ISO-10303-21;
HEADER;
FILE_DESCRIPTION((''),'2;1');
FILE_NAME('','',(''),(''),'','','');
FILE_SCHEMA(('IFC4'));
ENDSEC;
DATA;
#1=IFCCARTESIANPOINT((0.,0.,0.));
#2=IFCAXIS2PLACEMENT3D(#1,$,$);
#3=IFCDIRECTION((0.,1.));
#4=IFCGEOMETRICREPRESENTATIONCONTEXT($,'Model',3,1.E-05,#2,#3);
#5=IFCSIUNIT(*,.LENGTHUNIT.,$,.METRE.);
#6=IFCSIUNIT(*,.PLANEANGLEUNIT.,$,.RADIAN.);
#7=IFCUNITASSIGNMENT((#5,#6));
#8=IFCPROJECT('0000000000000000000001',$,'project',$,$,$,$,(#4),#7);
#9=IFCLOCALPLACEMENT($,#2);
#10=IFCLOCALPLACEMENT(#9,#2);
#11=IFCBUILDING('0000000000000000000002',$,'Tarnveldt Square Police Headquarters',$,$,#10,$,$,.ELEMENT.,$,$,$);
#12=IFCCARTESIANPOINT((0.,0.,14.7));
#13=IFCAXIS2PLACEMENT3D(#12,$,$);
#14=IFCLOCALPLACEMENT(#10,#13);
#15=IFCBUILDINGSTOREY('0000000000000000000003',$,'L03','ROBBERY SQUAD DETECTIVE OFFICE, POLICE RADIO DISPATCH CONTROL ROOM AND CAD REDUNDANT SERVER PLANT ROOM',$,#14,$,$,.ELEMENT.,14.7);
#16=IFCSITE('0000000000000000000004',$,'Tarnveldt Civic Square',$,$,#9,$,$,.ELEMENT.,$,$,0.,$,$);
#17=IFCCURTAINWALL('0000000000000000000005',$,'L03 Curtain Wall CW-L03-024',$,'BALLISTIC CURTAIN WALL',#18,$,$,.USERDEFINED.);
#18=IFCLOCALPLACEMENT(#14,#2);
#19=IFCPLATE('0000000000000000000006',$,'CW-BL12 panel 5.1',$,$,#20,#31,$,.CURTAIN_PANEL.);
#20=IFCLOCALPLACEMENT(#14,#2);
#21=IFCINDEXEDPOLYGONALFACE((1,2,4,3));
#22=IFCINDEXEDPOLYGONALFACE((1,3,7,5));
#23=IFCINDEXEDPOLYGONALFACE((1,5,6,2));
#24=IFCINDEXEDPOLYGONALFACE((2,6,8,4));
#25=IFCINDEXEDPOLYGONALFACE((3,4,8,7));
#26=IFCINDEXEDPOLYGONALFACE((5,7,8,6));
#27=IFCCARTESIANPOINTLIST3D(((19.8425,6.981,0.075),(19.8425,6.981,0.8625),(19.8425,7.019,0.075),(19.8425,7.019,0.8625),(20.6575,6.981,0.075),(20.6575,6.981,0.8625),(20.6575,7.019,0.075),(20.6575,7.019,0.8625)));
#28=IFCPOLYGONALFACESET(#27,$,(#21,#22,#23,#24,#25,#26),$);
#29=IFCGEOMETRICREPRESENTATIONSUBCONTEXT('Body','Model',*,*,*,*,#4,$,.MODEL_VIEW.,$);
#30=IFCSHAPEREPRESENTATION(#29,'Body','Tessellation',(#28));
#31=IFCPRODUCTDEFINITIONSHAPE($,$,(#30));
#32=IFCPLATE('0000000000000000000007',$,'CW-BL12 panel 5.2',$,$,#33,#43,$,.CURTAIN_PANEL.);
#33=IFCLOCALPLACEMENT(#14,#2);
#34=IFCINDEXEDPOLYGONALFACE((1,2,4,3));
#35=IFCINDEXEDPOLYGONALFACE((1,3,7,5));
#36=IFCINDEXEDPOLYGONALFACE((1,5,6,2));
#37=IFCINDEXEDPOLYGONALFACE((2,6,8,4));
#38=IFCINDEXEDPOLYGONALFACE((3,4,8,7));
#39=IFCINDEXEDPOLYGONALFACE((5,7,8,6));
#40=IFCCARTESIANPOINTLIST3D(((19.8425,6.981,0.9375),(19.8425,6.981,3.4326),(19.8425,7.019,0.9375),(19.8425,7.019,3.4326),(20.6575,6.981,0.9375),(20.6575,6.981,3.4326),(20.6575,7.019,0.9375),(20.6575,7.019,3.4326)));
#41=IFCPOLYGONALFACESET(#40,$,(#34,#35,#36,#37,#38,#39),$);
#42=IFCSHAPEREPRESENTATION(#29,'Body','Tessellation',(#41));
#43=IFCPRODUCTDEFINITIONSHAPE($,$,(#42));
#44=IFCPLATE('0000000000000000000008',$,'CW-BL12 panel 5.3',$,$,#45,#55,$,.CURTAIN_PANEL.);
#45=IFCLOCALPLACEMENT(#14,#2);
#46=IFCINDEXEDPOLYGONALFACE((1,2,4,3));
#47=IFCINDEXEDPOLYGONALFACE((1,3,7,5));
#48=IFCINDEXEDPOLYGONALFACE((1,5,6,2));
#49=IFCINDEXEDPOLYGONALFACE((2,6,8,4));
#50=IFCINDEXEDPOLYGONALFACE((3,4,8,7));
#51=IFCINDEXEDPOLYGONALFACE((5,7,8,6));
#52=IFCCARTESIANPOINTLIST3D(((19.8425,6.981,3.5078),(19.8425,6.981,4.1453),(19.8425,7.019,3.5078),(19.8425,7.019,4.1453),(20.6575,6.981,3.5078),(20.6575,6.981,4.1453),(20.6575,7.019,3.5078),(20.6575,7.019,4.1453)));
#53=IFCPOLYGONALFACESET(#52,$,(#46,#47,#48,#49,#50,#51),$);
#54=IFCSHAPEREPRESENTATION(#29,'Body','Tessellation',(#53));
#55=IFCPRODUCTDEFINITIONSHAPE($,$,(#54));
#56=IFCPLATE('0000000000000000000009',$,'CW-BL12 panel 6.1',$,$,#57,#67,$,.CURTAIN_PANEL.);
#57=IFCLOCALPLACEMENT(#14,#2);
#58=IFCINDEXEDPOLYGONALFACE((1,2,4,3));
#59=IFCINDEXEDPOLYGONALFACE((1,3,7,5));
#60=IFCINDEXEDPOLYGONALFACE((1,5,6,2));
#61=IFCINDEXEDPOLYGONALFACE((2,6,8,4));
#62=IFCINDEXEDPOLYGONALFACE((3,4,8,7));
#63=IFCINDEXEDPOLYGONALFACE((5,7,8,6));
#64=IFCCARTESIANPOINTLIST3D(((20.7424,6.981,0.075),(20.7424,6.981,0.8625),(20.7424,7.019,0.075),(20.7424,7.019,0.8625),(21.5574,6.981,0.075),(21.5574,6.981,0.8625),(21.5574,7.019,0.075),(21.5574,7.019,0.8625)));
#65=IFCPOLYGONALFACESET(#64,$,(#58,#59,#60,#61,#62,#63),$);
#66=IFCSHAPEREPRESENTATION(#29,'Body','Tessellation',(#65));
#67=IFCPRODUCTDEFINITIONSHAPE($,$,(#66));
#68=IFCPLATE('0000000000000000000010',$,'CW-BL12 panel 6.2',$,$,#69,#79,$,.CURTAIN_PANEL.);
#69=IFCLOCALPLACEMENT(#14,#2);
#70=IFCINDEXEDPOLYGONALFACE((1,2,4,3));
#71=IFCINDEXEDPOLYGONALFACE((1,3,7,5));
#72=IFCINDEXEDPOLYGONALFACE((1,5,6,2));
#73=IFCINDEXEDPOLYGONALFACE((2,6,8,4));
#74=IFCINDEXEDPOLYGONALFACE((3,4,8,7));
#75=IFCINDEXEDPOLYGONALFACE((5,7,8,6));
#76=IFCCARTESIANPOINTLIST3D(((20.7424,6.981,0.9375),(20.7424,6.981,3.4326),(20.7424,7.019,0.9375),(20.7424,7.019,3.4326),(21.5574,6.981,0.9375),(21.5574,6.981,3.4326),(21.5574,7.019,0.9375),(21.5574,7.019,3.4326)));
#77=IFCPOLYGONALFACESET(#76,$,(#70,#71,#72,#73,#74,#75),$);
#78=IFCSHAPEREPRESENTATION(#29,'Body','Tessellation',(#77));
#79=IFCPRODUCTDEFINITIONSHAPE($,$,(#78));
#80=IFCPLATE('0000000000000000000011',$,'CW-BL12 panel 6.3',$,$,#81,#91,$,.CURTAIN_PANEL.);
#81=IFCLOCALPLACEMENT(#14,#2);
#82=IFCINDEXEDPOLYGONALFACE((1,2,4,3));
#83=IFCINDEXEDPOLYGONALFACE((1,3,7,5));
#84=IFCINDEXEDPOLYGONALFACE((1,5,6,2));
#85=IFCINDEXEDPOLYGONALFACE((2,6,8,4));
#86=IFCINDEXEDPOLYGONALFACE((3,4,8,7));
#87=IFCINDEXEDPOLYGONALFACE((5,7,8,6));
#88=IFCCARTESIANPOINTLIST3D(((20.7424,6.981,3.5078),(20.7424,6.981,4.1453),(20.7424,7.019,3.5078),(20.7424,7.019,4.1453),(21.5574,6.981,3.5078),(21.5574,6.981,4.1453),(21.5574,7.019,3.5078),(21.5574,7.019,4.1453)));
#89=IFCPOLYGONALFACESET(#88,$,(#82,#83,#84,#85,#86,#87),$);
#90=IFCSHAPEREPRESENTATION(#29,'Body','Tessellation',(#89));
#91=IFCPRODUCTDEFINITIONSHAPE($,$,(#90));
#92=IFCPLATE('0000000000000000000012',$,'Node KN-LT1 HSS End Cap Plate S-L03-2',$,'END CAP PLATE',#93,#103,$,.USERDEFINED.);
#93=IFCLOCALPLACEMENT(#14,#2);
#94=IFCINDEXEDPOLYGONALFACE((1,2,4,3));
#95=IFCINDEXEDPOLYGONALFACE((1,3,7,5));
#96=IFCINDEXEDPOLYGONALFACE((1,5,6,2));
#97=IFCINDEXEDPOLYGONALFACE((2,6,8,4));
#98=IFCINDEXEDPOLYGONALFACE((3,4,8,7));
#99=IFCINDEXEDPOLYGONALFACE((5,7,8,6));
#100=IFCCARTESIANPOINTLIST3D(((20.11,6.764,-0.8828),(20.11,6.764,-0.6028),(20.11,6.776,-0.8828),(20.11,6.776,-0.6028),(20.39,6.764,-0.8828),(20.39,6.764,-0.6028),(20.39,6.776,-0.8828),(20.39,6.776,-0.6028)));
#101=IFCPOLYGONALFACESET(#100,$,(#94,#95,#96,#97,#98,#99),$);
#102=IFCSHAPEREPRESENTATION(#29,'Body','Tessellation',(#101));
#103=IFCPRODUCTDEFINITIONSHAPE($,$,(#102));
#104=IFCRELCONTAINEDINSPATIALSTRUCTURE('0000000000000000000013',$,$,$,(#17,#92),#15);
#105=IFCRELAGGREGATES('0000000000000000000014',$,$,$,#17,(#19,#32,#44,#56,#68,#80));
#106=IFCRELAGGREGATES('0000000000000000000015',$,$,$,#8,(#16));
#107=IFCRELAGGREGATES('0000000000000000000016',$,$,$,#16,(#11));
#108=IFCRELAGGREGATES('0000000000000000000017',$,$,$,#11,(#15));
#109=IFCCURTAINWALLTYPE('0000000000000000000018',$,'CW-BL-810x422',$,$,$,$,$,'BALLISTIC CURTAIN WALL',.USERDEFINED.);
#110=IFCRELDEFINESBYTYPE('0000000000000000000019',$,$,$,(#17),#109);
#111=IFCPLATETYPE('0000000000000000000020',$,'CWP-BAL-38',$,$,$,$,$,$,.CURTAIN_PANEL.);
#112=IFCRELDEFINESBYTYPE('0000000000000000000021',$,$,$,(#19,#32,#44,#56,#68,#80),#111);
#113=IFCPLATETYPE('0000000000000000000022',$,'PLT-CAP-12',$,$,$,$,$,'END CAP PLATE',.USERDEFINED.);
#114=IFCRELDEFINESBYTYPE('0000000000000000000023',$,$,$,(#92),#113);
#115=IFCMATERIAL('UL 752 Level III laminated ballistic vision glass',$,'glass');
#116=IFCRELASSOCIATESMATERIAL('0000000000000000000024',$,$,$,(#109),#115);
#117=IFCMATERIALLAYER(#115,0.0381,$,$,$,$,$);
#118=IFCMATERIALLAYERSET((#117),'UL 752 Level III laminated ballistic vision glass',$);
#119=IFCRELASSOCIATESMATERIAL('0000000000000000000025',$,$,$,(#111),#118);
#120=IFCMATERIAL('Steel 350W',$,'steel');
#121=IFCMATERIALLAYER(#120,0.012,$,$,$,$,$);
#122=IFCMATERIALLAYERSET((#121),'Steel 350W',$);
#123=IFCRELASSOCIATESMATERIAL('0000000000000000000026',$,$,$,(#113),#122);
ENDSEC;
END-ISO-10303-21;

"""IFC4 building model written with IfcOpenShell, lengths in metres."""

from ifc_helpers import new_model, si_unit, direction, frame, origin, origin_2d, place, context, subcontext, project, spatial, rectangle, extrude, material, layer, layer_set, type_object, element, aggregate, save


model = new_model("IFC4")

# Units and contexts
model_context = context("Model", 3, precision=1e-05, world=origin(), true_north=direction((0.0, 1.0)))
body_context = subcontext(model_context, "Body", "Model", "MODEL_VIEW")
ifc_project = project(units=[si_unit("LENGTHUNIT", "METRE"), si_unit("PLANEANGLEUNIT", "RADIAN")], contexts=[model_context])

# Site, building, storey
site_placement = place(None, origin())
site = spatial("IfcSite", under=ifc_project, at=site_placement, Name="Tarnveldt Civic Square", CompositionType="ELEMENT", RefElevation=0.0)
building_placement = place(site_placement, origin())
building = spatial("IfcBuilding", under=site, at=building_placement, Name="Tarnveldt Square Police Headquarters", CompositionType="ELEMENT")
storey_placement = place(building_placement, frame((0.0, 0.0, 14.7)))
storey = spatial("IfcBuildingStorey", under=building, at=storey_placement, Name="L03", Description="ROBBERY SQUAD DETECTIVE OFFICE, POLICE RADIO DISPATCH CONTROL ROOM AND CAD REDUNDANT SERVER PLANT ROOM", CompositionType="ELEMENT", Elevation=14.7)

# Curtain wall
ifc_material_1 = material(Name="UL 752 Level III laminated ballistic vision glass", Category="glass")
curtain_wall_type = type_object("IfcCurtainWallType", Name="CW-BL-810x422", ElementType="BALLISTIC CURTAIN WALL", PredefinedType="USERDEFINED", material=ifc_material_1)
curtain_wall_placement = place(storey_placement, origin())
curtain_wall = element("IfcCurtainWall", 1, at=curtain_wall_placement, inside=storey, type_object=curtain_wall_type, Name="L03 Curtain Wall CW-L03-024", ObjectType="BALLISTIC CURTAIN WALL", PredefinedType="USERDEFINED")

# Shared definitions
ifc_material_2 = material(Name="Steel 350W", Category="steel")

# Plates
ifc_layer_1 = layer(ifc_material_1, 0.0381)
ifc_layer_set_1 = layer_set([ifc_layer_1], Name="UL 752 Level III laminated ballistic vision glass")
plate_type_1 = type_object("IfcPlateType", Name="CWP-BAL-38", PredefinedType="CURTAIN_PANEL", material=ifc_layer_set_1)
plate_1_placement = place(storey_placement, frame((20.25, 7.0, 0.075), z_axis=(0.0, 0.0, 1.0), x_axis=(1.0, 0.0, 0.0)))
plate_1 = element("IfcPlate", 2, at=plate_1_placement, type_object=plate_type_1, Name="CW-BL12 panel 5.1", PredefinedType="CURTAIN_PANEL", context=body_context, shape_type="SweptSolid", body=[
    extrude(rectangle(XDim=0.8149, YDim=0.0381, at=origin_2d()), origin(), (0.0, 0.0, 1.0), 0.7876),
])
plate_2_placement = place(storey_placement, frame((20.25, 7.0, 0.9375), z_axis=(0.0, 0.0, 1.0), x_axis=(1.0, 0.0, 0.0)))
plate_2 = element("IfcPlate", 3, at=plate_2_placement, type_object=plate_type_1, Name="CW-BL12 panel 5.2", PredefinedType="CURTAIN_PANEL", context=body_context, shape_type="SweptSolid", body=[
    extrude(rectangle(XDim=0.8149, YDim=0.0381, at=origin_2d()), origin(), (0.0, 0.0, 1.0), 2.4951),
])
plate_3_placement = place(storey_placement, frame((20.25, 7.0, 3.5078), z_axis=(0.0, 0.0, 1.0), x_axis=(1.0, 0.0, 0.0)))
plate_3 = element("IfcPlate", 4, at=plate_3_placement, type_object=plate_type_1, Name="CW-BL12 panel 5.3", PredefinedType="CURTAIN_PANEL", context=body_context, shape_type="SweptSolid", body=[
    extrude(rectangle(XDim=0.8149, YDim=0.0381, at=origin_2d()), origin(), (0.0, 0.0, 1.0), 0.6375),
])
plate_4_placement = place(storey_placement, frame((21.1499, 7.0, 0.075), z_axis=(0.0, 0.0, 1.0), x_axis=(1.0, 0.0, 0.0)))
plate_4 = element("IfcPlate", 5, at=plate_4_placement, type_object=plate_type_1, Name="CW-BL12 panel 6.1", PredefinedType="CURTAIN_PANEL", context=body_context, shape_type="SweptSolid", body=[
    extrude(rectangle(XDim=0.8149, YDim=0.0381, at=origin_2d()), origin(), (0.0, 0.0, 1.0), 0.7876),
])
plate_5_placement = place(storey_placement, frame((21.1499, 7.0, 0.9375), z_axis=(0.0, 0.0, 1.0), x_axis=(1.0, 0.0, 0.0)))
plate_5 = element("IfcPlate", 6, at=plate_5_placement, type_object=plate_type_1, Name="CW-BL12 panel 6.2", PredefinedType="CURTAIN_PANEL", context=body_context, shape_type="SweptSolid", body=[
    extrude(rectangle(XDim=0.8149, YDim=0.0381, at=origin_2d()), origin(), (0.0, 0.0, 1.0), 2.4951),
])
plate_6_placement = place(storey_placement, frame((21.1499, 7.0, 3.5078), z_axis=(0.0, 0.0, 1.0), x_axis=(1.0, 0.0, 0.0)))
plate_6 = element("IfcPlate", 7, at=plate_6_placement, type_object=plate_type_1, Name="CW-BL12 panel 6.3", PredefinedType="CURTAIN_PANEL", context=body_context, shape_type="SweptSolid", body=[
    extrude(rectangle(XDim=0.8149, YDim=0.0381, at=origin_2d()), origin(), (0.0, 0.0, 1.0), 0.6375),
])
aggregate(curtain_wall, [plate_1, plate_2, plate_3, plate_4, plate_5, plate_6])
ifc_layer_2 = layer(ifc_material_2, 0.012)
ifc_layer_set_2 = layer_set([ifc_layer_2], Name="Steel 350W")
plate_type_2 = type_object("IfcPlateType", Name="PLT-CAP-12", ElementType="END CAP PLATE", PredefinedType="USERDEFINED", material=ifc_layer_set_2)
plate_7_placement = place(storey_placement, frame((20.25, 6.77, -0.8828), z_axis=(0.0, 0.0, 1.0), x_axis=(1.0, 0.0, 0.0)))
element("IfcPlate", 8, at=plate_7_placement, inside=storey, type_object=plate_type_2, Name="Node KN-LT1 HSS End Cap Plate S-L03-2", ObjectType="END CAP PLATE", PredefinedType="USERDEFINED", context=body_context, shape_type="SweptSolid", body=[
    extrude(rectangle(XDim=0.28, YDim=0.012, at=origin_2d()), origin(), (0.0, 0.0, 1.0), 0.28),
])

save(model, "model.ifc")
